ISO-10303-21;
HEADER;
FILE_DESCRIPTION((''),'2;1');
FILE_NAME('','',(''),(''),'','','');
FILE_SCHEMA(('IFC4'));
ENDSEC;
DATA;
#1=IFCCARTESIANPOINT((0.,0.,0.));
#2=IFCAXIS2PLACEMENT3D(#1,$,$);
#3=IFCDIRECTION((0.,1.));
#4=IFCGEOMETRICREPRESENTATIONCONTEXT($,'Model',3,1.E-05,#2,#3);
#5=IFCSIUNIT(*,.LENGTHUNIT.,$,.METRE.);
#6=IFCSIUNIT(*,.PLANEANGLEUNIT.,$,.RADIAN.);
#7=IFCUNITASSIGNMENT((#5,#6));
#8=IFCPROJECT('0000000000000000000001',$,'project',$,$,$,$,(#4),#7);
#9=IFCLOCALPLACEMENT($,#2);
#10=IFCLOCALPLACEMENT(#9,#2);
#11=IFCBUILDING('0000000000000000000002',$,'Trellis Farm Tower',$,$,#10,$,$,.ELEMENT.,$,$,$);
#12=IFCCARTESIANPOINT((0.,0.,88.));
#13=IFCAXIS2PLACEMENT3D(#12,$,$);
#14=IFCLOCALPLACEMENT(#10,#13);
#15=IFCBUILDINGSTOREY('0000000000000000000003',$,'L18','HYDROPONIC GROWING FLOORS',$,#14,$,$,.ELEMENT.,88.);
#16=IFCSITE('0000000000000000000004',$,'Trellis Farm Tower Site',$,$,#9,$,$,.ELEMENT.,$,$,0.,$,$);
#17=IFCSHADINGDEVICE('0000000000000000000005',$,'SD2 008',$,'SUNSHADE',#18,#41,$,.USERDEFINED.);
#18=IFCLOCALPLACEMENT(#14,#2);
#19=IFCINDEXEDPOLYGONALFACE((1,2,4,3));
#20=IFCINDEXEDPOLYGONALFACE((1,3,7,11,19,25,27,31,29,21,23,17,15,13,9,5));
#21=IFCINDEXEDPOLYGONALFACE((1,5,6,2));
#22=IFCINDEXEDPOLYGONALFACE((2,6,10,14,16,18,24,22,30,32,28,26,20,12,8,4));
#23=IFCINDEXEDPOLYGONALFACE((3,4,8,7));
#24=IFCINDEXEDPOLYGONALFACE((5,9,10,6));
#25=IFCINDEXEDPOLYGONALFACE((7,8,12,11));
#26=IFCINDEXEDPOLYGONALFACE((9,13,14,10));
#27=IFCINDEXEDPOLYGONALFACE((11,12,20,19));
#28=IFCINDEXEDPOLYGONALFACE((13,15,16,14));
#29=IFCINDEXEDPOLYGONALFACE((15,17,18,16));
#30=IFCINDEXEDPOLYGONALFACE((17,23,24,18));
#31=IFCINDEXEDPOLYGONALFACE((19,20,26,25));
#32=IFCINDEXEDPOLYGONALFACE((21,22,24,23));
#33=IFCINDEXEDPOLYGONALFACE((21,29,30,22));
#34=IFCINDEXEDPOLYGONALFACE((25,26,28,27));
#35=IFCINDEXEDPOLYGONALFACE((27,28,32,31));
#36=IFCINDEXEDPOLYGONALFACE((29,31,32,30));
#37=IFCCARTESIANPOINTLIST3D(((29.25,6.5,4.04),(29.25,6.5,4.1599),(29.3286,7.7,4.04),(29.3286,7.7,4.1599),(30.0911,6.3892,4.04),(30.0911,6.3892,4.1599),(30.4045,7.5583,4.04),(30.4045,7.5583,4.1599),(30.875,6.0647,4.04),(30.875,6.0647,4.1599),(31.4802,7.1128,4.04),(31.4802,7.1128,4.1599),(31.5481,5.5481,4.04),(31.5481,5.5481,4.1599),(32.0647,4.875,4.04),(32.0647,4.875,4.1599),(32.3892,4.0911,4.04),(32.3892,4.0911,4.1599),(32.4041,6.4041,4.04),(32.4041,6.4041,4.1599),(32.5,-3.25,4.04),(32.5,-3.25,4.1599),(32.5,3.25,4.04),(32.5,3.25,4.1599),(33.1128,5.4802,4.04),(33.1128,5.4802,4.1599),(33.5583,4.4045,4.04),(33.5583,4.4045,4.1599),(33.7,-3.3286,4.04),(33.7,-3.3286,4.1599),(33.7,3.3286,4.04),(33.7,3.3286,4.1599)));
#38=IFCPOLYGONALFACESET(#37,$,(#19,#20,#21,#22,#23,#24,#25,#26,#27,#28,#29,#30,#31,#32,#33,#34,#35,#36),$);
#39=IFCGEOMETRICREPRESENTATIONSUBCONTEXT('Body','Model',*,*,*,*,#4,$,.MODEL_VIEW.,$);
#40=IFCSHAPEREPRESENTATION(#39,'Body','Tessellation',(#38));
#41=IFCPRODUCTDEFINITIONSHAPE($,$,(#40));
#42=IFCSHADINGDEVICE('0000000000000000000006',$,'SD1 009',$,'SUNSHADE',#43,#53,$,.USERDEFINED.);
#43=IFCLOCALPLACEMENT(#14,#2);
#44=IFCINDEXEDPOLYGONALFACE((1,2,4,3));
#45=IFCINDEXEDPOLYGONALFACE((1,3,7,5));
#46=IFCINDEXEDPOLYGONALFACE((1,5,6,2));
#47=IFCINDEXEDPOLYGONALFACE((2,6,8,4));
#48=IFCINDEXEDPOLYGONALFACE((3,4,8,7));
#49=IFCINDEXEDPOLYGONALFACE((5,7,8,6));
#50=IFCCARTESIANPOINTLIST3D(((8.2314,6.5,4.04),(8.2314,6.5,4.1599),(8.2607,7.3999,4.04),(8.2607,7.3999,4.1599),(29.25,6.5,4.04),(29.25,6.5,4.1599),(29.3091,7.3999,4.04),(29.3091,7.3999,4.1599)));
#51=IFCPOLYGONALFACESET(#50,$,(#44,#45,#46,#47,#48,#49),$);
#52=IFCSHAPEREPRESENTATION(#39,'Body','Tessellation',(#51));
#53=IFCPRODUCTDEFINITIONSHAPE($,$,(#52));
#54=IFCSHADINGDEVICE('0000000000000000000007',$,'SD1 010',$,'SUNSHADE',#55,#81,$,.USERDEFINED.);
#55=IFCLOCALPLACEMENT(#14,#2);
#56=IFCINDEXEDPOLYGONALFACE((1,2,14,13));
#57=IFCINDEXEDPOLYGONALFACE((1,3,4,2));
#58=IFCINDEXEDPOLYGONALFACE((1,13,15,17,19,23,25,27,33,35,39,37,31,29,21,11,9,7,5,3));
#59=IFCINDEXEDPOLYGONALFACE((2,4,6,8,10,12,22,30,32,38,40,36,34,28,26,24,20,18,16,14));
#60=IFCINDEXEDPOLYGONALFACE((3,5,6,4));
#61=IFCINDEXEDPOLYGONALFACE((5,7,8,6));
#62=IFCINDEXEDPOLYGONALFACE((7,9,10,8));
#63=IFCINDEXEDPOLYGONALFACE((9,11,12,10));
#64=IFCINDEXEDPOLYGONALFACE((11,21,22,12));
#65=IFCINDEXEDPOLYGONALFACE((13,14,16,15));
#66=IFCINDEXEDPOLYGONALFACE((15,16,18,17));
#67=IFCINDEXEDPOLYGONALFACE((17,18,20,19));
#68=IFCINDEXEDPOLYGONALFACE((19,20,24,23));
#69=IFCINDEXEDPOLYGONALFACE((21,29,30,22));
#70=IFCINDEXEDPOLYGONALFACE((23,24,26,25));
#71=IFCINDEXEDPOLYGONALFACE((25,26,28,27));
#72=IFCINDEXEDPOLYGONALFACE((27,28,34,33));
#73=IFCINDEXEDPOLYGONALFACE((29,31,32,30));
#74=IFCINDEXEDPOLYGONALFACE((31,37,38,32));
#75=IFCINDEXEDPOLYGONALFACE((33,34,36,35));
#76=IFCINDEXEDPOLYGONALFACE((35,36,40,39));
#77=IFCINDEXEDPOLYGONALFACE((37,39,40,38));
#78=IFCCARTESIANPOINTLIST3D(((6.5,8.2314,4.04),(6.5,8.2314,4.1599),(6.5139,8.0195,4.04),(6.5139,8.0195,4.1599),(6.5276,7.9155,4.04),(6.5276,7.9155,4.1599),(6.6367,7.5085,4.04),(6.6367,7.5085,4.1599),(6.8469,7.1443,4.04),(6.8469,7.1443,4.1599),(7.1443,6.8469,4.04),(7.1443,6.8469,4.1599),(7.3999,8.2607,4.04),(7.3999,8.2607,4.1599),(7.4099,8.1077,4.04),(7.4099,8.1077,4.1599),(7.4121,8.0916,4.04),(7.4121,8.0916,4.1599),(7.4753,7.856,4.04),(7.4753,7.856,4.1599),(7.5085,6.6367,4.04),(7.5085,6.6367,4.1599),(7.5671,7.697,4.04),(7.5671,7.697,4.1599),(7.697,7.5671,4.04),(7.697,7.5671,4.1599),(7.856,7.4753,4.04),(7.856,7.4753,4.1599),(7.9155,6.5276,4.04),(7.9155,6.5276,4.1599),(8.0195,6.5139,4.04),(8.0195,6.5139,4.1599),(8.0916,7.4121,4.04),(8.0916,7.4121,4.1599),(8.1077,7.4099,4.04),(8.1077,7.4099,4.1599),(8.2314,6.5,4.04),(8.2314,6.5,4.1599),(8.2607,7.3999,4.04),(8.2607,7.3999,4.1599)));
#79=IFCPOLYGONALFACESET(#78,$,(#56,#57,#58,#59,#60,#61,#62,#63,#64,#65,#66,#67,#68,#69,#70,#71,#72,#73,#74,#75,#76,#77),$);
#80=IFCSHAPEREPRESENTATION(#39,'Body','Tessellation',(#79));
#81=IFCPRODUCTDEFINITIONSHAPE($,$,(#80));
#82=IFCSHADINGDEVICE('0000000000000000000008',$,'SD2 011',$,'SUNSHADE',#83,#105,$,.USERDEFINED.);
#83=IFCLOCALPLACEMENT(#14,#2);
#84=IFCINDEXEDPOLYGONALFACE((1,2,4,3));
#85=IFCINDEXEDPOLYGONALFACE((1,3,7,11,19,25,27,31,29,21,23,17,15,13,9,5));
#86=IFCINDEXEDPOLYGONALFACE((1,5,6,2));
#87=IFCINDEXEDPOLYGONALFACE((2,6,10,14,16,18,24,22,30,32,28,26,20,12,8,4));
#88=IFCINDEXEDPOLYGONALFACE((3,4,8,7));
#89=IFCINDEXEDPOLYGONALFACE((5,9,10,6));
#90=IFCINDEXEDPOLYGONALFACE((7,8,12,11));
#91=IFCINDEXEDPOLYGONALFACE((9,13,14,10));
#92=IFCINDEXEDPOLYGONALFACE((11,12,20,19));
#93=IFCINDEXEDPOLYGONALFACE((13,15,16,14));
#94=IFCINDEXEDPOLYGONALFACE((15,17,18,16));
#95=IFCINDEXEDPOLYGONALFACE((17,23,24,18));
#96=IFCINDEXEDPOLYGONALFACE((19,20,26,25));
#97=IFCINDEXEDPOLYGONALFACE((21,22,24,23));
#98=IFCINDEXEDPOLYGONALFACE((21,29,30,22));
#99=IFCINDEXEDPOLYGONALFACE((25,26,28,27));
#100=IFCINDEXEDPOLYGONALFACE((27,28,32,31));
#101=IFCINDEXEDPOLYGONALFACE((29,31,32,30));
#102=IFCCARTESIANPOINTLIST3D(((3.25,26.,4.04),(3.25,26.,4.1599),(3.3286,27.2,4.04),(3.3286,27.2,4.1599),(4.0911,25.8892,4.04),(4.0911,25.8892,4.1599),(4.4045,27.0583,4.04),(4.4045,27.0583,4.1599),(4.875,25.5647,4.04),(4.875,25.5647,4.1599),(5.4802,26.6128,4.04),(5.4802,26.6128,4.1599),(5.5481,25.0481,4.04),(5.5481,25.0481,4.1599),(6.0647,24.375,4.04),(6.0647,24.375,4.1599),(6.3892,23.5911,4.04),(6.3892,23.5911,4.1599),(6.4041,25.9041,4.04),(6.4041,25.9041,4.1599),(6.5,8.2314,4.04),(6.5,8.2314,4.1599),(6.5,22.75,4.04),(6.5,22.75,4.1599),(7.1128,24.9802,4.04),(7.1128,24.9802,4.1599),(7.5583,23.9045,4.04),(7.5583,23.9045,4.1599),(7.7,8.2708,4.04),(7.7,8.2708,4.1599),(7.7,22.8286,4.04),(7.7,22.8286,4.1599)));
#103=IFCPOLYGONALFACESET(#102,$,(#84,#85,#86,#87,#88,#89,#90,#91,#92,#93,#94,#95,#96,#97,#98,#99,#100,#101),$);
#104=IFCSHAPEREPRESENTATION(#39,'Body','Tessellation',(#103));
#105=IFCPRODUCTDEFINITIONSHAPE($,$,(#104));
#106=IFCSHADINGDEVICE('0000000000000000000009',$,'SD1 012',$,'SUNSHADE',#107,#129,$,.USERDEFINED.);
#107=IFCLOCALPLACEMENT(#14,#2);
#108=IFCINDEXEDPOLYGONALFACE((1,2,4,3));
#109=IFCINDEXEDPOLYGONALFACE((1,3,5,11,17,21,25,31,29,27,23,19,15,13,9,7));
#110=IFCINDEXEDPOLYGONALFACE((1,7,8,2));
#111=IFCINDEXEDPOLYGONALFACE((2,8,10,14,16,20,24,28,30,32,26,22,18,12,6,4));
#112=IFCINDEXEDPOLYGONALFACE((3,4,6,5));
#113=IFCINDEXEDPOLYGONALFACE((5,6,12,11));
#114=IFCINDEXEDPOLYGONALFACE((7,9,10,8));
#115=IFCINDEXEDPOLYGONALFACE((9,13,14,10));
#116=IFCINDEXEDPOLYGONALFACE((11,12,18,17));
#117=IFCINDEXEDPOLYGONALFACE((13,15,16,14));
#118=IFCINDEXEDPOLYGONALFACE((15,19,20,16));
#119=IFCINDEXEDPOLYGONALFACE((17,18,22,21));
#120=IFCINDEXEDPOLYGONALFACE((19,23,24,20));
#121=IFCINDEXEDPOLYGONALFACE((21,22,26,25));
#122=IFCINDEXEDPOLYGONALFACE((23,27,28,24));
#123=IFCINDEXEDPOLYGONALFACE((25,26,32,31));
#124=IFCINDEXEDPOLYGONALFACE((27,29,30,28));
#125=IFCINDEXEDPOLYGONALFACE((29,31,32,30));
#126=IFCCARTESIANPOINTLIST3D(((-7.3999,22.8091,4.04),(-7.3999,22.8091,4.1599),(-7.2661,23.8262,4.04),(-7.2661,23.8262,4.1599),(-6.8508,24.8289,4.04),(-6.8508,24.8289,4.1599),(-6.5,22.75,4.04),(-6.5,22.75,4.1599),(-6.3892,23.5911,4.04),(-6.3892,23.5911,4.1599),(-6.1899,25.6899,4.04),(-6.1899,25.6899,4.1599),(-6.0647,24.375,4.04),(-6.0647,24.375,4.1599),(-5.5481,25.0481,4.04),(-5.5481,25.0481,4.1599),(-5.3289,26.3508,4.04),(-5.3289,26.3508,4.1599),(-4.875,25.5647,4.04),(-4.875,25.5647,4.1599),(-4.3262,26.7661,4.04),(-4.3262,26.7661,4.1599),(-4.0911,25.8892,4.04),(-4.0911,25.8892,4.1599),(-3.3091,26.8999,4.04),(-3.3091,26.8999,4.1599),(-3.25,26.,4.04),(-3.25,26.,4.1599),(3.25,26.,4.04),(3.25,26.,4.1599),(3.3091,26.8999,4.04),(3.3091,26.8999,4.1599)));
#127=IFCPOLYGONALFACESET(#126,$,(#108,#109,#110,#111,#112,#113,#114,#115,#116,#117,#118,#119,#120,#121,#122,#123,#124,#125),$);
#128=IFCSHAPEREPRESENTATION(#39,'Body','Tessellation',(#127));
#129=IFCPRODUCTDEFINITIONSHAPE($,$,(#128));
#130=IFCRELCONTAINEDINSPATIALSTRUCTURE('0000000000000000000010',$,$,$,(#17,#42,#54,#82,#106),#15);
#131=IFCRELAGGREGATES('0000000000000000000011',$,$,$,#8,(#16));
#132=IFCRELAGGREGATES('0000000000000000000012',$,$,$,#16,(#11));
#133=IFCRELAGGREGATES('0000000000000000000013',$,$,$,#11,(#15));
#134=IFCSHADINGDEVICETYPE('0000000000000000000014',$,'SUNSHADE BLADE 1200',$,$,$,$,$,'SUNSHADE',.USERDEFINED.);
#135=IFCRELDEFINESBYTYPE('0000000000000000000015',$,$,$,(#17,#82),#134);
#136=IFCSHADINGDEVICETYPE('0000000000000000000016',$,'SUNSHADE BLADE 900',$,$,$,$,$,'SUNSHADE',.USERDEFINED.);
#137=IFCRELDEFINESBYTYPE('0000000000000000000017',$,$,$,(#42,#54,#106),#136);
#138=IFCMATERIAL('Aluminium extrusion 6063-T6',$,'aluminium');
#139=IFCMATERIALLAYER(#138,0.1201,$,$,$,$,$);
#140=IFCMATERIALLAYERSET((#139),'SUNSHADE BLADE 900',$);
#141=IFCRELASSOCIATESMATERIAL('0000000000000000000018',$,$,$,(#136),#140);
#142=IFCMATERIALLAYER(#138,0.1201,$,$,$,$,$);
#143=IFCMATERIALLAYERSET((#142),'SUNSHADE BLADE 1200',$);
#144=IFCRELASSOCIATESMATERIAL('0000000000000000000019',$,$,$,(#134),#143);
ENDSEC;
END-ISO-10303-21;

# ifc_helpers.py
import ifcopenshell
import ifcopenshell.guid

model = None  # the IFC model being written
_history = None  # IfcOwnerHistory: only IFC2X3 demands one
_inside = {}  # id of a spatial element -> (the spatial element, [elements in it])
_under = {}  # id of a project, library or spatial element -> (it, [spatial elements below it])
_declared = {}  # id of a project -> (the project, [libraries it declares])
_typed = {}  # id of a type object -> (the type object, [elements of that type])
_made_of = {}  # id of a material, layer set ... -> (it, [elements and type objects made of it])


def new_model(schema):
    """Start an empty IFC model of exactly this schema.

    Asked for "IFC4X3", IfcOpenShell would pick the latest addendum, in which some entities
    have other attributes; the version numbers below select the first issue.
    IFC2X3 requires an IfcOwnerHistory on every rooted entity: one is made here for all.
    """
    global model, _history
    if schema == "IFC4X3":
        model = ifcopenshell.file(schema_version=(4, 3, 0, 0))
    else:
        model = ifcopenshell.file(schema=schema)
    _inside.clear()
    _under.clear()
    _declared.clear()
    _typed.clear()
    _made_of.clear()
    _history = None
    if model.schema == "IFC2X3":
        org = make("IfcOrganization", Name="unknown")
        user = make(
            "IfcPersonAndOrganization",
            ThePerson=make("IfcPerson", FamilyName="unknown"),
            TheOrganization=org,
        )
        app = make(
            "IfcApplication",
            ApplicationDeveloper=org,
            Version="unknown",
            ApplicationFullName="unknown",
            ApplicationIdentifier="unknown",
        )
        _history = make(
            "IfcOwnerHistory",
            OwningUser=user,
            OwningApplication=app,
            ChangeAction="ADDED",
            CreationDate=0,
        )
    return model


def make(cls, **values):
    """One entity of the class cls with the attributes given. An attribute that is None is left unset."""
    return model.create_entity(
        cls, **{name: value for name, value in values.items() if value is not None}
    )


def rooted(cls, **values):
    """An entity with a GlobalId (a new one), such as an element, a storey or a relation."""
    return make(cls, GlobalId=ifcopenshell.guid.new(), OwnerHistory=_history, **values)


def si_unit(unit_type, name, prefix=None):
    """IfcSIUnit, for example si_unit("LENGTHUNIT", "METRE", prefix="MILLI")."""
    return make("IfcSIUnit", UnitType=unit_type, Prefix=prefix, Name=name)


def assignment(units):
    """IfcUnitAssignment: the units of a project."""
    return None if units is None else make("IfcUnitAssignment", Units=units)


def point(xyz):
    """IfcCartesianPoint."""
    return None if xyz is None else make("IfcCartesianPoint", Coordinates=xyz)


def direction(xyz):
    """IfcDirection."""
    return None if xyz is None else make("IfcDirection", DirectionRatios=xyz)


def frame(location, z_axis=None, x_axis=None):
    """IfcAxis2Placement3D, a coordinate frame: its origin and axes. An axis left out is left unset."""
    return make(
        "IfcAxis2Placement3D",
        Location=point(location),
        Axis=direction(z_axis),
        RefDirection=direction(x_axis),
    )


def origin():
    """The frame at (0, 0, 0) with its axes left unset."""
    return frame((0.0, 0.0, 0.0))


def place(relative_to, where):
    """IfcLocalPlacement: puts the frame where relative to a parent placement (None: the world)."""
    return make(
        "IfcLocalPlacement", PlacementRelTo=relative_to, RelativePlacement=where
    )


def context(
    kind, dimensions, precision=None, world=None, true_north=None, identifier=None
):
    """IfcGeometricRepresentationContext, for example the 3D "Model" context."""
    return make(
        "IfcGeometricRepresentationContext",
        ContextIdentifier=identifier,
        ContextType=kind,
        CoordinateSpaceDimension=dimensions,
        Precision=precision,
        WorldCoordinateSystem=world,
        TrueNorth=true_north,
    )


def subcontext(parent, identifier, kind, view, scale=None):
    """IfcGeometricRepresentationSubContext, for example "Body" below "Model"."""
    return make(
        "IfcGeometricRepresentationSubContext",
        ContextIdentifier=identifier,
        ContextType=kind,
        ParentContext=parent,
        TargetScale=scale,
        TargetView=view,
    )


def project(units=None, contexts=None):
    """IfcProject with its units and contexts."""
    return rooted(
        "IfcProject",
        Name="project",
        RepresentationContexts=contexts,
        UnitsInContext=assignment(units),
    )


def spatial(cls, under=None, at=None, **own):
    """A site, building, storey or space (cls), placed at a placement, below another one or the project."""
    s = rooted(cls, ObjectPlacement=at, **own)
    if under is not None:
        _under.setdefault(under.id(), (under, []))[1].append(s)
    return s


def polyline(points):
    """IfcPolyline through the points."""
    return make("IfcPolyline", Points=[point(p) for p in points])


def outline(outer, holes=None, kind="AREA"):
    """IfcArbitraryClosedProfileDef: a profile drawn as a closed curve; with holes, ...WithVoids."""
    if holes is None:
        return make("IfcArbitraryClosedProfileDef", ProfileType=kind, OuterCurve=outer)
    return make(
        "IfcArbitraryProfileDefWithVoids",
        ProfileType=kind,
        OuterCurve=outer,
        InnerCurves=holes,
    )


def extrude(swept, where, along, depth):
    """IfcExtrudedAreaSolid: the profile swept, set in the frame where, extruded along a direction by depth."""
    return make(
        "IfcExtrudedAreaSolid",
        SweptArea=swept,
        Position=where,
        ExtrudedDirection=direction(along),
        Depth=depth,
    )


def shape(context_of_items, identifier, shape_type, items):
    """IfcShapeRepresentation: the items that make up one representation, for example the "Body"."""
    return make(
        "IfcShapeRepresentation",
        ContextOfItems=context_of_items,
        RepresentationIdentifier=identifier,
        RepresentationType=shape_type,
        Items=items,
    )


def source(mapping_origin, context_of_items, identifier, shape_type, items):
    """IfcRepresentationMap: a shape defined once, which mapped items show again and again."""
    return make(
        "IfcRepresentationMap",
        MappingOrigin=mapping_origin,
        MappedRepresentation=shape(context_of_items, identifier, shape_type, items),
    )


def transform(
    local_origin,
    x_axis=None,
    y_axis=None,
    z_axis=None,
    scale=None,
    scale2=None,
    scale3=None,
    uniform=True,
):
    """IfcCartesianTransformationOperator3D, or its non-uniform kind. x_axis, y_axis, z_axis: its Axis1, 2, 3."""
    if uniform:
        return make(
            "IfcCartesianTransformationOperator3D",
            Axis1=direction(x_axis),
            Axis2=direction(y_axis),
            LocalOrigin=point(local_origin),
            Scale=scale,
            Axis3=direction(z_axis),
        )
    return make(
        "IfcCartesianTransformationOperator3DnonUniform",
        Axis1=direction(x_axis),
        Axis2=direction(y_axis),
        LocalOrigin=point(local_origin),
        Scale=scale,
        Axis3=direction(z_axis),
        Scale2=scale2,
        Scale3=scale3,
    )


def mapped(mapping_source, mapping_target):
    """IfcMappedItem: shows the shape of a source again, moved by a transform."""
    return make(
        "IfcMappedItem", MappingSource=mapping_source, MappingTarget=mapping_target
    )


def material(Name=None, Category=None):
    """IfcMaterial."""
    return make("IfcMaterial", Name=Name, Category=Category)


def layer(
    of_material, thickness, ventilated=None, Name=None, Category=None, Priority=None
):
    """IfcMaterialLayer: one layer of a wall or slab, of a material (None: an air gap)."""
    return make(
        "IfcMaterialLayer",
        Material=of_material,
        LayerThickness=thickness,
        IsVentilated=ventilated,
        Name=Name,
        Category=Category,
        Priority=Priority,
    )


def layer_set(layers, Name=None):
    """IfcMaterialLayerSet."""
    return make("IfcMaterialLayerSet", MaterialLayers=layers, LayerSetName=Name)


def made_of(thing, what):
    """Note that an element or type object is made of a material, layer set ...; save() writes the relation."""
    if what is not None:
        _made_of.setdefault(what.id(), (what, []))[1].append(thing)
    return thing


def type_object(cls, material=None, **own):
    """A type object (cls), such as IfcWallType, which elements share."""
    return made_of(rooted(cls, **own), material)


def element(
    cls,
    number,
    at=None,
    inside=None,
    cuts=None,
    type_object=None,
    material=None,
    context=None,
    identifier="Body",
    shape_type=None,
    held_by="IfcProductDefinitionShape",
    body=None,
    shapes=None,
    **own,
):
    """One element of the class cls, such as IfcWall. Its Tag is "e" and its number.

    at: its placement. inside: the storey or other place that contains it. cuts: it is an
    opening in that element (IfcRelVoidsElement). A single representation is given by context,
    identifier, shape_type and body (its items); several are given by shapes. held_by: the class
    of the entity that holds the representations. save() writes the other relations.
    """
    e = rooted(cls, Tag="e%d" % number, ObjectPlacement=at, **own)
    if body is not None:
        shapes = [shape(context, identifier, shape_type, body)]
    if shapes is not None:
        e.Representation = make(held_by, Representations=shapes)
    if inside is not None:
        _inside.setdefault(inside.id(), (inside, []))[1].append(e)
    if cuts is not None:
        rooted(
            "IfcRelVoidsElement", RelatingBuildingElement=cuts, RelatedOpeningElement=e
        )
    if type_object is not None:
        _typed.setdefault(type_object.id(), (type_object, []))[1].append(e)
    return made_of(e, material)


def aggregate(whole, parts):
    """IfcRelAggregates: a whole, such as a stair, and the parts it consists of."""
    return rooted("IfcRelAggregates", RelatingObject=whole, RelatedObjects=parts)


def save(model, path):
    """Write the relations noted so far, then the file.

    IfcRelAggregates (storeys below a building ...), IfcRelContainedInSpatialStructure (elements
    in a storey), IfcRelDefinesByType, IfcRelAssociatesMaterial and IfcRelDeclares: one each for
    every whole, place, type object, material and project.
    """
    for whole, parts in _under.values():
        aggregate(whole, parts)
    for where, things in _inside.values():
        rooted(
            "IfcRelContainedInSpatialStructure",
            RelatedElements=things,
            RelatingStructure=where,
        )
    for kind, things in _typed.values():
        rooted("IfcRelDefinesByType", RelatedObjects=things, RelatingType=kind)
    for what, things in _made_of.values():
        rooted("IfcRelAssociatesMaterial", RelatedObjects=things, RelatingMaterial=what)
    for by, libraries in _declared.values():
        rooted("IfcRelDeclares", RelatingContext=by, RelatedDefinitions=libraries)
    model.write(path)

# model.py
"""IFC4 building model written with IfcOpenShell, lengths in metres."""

from ifc_helpers import new_model, si_unit, direction, frame, origin, place, context, subcontext, project, spatial, polyline, outline, extrude, source, transform, mapped, material, layer, layer_set, type_object, element, save


model = new_model("IFC4")

# Units and contexts
model_context = context("Model", 3, precision=1e-05, world=origin(), true_north=direction((0.0, 1.0)))
body_context = subcontext(model_context, "Body", "Model", "MODEL_VIEW")
ifc_project = project(units=[si_unit("LENGTHUNIT", "METRE"), si_unit("PLANEANGLEUNIT", "RADIAN")], contexts=[model_context])

# Site, building, storey
site_placement = place(None, origin())
site = spatial("IfcSite", under=ifc_project, at=site_placement, Name="Trellis Farm Tower Site", CompositionType="ELEMENT", RefElevation=0.0)
building_placement = place(site_placement, origin())
building = spatial("IfcBuilding", under=site, at=building_placement, Name="Trellis Farm Tower", CompositionType="ELEMENT")
storey_placement = place(building_placement, frame((0.0, 0.0, 88.0)))
storey = spatial("IfcBuildingStorey", under=building, at=storey_placement, Name="L18", Description="HYDROPONIC GROWING FLOORS", CompositionType="ELEMENT", Elevation=88.0)

# Shared definitions
ifc_material_1 = material(Name="Aluminium extrusion 6063-T6", Category="aluminium")

# Shading devices
ifc_layer_1 = layer(ifc_material_1, 0.1201)
ifc_layer_set_1 = layer_set([ifc_layer_1], Name="SUNSHADE BLADE 900")
shading_device_type_1 = type_object("IfcShadingDeviceType", Name="SUNSHADE BLADE 900", ElementType="SUNSHADE", PredefinedType="USERDEFINED", material=ifc_layer_set_1)
placement_1 = place(storey_placement, frame((0.0, 0.0, 4.04)))
ifc_layer_2 = layer(ifc_material_1, 0.1201)
ifc_layer_set_2 = layer_set([ifc_layer_2], Name="SUNSHADE BLADE 1200")
shading_device_type_2 = type_object("IfcShadingDeviceType", Name="SUNSHADE BLADE 1200", ElementType="SUNSHADE", PredefinedType="USERDEFINED", material=ifc_layer_set_2)
shared_shape_1 = source(origin(), body_context, "Body", "SweptSolid", [
    extrude(outline(polyline([(33.7, -3.3286), (33.7, 3.3286), (33.5583, 4.4045), (33.1128, 5.4802), (32.4041, 6.4041), (31.4802, 7.1128), (30.4045, 7.5583), (29.3286, 7.7), (29.25, 6.5), (30.0911, 6.3892), (30.875, 6.0647), (31.5481, 5.5481), (32.0647, 4.875), (32.3892, 4.0911), (32.5, 3.25), (32.5, -3.25), (33.7, -3.3286)])), origin(), (0.0, 0.0, 1.0), 0.1199),
])
element("IfcShadingDevice", 1, at=placement_1, inside=storey, type_object=shading_device_type_2, Name="SD2 008", ObjectType="SUNSHADE", PredefinedType="USERDEFINED", context=body_context, shape_type="MappedRepresentation", body=[
    mapped(shared_shape_1, transform((0.0, 0.0, 0.0))),
])
shared_shape_2 = source(origin(), body_context, "Body", "SweptSolid", [
    extrude(outline(polyline([(29.3091, 7.3999), (8.2607, 7.3999), (8.2314, 6.5), (29.25, 6.5), (29.3091, 7.3999)])), origin(), (0.0, 0.0, 1.0), 0.1199),
])
element("IfcShadingDevice", 2, at=placement_1, inside=storey, type_object=shading_device_type_1, Name="SD1 009", ObjectType="SUNSHADE", PredefinedType="USERDEFINED", context=body_context, shape_type="MappedRepresentation", body=[
    mapped(shared_shape_2, transform((0.0, 0.0, 0.0))),
])
shared_shape_3 = source(origin(), body_context, "Body", "SweptSolid", [
    extrude(outline(polyline([(8.2607, 7.3999), (8.1077, 7.4099), (8.0916, 7.4121), (7.856, 7.4753), (7.697, 7.5671), (7.5671, 7.697), (7.4753, 7.856), (7.4121, 8.0916), (7.4099, 8.1077), (7.3999, 8.2607), (6.5, 8.2314), (6.5139, 8.0195), (6.5276, 7.9155), (6.6367, 7.5085), (6.8469, 7.1443), (7.1443, 6.8469), (7.5085, 6.6367), (7.9155, 6.5276), (8.0195, 6.5139), (8.2314, 6.5), (8.2607, 7.3999)])), origin(), (0.0, 0.0, 1.0), 0.1199),
])
element("IfcShadingDevice", 3, at=placement_1, inside=storey, type_object=shading_device_type_1, Name="SD1 010", ObjectType="SUNSHADE", PredefinedType="USERDEFINED", context=body_context, shape_type="MappedRepresentation", body=[
    mapped(shared_shape_3, transform((0.0, 0.0, 0.0))),
])
shared_shape_4 = source(origin(), body_context, "Body", "SweptSolid", [
    extrude(outline(polyline([(7.7, 8.2708), (7.7, 22.8286), (7.5583, 23.9045), (7.1128, 24.9802), (6.4041, 25.9041), (5.4802, 26.6128), (4.4045, 27.0583), (3.3286, 27.2), (3.25, 26.0), (4.0911, 25.8892), (4.875, 25.5647), (5.5481, 25.0481), (6.0647, 24.375), (6.3892, 23.5911), (6.5, 22.75), (6.5, 8.2314), (7.7, 8.2708)])), origin(), (0.0, 0.0, 1.0), 0.1199),
])
element("IfcShadingDevice", 4, at=placement_1, inside=storey, type_object=shading_device_type_2, Name="SD2 011", ObjectType="SUNSHADE", PredefinedType="USERDEFINED", context=body_context, shape_type="MappedRepresentation", body=[
    mapped(shared_shape_4, transform((0.0, 0.0, 0.0))),
])
shared_shape_5 = source(origin(), body_context, "Body", "SweptSolid", [
    extrude(outline(polyline([(3.3091, 26.8999), (-3.3091, 26.8999), (-4.3262, 26.7661), (-5.3289, 26.3508), (-6.1899, 25.6899), (-6.8508, 24.8289), (-7.2661, 23.8262), (-7.3999, 22.8091), (-6.5, 22.75), (-6.3892, 23.5911), (-6.0647, 24.375), (-5.5481, 25.0481), (-4.875, 25.5647), (-4.0911, 25.8892), (-3.25, 26.0), (3.25, 26.0), (3.3091, 26.8999)])), origin(), (0.0, 0.0, 1.0), 0.1199),
])
element("IfcShadingDevice", 5, at=placement_1, inside=storey, type_object=shading_device_type_1, Name="SD1 012", ObjectType="SUNSHADE", PredefinedType="USERDEFINED", context=body_context, shape_type="MappedRepresentation", body=[
    mapped(shared_shape_5, transform((0.0, 0.0, 0.0))),
])

save(model, "model.ifc")
